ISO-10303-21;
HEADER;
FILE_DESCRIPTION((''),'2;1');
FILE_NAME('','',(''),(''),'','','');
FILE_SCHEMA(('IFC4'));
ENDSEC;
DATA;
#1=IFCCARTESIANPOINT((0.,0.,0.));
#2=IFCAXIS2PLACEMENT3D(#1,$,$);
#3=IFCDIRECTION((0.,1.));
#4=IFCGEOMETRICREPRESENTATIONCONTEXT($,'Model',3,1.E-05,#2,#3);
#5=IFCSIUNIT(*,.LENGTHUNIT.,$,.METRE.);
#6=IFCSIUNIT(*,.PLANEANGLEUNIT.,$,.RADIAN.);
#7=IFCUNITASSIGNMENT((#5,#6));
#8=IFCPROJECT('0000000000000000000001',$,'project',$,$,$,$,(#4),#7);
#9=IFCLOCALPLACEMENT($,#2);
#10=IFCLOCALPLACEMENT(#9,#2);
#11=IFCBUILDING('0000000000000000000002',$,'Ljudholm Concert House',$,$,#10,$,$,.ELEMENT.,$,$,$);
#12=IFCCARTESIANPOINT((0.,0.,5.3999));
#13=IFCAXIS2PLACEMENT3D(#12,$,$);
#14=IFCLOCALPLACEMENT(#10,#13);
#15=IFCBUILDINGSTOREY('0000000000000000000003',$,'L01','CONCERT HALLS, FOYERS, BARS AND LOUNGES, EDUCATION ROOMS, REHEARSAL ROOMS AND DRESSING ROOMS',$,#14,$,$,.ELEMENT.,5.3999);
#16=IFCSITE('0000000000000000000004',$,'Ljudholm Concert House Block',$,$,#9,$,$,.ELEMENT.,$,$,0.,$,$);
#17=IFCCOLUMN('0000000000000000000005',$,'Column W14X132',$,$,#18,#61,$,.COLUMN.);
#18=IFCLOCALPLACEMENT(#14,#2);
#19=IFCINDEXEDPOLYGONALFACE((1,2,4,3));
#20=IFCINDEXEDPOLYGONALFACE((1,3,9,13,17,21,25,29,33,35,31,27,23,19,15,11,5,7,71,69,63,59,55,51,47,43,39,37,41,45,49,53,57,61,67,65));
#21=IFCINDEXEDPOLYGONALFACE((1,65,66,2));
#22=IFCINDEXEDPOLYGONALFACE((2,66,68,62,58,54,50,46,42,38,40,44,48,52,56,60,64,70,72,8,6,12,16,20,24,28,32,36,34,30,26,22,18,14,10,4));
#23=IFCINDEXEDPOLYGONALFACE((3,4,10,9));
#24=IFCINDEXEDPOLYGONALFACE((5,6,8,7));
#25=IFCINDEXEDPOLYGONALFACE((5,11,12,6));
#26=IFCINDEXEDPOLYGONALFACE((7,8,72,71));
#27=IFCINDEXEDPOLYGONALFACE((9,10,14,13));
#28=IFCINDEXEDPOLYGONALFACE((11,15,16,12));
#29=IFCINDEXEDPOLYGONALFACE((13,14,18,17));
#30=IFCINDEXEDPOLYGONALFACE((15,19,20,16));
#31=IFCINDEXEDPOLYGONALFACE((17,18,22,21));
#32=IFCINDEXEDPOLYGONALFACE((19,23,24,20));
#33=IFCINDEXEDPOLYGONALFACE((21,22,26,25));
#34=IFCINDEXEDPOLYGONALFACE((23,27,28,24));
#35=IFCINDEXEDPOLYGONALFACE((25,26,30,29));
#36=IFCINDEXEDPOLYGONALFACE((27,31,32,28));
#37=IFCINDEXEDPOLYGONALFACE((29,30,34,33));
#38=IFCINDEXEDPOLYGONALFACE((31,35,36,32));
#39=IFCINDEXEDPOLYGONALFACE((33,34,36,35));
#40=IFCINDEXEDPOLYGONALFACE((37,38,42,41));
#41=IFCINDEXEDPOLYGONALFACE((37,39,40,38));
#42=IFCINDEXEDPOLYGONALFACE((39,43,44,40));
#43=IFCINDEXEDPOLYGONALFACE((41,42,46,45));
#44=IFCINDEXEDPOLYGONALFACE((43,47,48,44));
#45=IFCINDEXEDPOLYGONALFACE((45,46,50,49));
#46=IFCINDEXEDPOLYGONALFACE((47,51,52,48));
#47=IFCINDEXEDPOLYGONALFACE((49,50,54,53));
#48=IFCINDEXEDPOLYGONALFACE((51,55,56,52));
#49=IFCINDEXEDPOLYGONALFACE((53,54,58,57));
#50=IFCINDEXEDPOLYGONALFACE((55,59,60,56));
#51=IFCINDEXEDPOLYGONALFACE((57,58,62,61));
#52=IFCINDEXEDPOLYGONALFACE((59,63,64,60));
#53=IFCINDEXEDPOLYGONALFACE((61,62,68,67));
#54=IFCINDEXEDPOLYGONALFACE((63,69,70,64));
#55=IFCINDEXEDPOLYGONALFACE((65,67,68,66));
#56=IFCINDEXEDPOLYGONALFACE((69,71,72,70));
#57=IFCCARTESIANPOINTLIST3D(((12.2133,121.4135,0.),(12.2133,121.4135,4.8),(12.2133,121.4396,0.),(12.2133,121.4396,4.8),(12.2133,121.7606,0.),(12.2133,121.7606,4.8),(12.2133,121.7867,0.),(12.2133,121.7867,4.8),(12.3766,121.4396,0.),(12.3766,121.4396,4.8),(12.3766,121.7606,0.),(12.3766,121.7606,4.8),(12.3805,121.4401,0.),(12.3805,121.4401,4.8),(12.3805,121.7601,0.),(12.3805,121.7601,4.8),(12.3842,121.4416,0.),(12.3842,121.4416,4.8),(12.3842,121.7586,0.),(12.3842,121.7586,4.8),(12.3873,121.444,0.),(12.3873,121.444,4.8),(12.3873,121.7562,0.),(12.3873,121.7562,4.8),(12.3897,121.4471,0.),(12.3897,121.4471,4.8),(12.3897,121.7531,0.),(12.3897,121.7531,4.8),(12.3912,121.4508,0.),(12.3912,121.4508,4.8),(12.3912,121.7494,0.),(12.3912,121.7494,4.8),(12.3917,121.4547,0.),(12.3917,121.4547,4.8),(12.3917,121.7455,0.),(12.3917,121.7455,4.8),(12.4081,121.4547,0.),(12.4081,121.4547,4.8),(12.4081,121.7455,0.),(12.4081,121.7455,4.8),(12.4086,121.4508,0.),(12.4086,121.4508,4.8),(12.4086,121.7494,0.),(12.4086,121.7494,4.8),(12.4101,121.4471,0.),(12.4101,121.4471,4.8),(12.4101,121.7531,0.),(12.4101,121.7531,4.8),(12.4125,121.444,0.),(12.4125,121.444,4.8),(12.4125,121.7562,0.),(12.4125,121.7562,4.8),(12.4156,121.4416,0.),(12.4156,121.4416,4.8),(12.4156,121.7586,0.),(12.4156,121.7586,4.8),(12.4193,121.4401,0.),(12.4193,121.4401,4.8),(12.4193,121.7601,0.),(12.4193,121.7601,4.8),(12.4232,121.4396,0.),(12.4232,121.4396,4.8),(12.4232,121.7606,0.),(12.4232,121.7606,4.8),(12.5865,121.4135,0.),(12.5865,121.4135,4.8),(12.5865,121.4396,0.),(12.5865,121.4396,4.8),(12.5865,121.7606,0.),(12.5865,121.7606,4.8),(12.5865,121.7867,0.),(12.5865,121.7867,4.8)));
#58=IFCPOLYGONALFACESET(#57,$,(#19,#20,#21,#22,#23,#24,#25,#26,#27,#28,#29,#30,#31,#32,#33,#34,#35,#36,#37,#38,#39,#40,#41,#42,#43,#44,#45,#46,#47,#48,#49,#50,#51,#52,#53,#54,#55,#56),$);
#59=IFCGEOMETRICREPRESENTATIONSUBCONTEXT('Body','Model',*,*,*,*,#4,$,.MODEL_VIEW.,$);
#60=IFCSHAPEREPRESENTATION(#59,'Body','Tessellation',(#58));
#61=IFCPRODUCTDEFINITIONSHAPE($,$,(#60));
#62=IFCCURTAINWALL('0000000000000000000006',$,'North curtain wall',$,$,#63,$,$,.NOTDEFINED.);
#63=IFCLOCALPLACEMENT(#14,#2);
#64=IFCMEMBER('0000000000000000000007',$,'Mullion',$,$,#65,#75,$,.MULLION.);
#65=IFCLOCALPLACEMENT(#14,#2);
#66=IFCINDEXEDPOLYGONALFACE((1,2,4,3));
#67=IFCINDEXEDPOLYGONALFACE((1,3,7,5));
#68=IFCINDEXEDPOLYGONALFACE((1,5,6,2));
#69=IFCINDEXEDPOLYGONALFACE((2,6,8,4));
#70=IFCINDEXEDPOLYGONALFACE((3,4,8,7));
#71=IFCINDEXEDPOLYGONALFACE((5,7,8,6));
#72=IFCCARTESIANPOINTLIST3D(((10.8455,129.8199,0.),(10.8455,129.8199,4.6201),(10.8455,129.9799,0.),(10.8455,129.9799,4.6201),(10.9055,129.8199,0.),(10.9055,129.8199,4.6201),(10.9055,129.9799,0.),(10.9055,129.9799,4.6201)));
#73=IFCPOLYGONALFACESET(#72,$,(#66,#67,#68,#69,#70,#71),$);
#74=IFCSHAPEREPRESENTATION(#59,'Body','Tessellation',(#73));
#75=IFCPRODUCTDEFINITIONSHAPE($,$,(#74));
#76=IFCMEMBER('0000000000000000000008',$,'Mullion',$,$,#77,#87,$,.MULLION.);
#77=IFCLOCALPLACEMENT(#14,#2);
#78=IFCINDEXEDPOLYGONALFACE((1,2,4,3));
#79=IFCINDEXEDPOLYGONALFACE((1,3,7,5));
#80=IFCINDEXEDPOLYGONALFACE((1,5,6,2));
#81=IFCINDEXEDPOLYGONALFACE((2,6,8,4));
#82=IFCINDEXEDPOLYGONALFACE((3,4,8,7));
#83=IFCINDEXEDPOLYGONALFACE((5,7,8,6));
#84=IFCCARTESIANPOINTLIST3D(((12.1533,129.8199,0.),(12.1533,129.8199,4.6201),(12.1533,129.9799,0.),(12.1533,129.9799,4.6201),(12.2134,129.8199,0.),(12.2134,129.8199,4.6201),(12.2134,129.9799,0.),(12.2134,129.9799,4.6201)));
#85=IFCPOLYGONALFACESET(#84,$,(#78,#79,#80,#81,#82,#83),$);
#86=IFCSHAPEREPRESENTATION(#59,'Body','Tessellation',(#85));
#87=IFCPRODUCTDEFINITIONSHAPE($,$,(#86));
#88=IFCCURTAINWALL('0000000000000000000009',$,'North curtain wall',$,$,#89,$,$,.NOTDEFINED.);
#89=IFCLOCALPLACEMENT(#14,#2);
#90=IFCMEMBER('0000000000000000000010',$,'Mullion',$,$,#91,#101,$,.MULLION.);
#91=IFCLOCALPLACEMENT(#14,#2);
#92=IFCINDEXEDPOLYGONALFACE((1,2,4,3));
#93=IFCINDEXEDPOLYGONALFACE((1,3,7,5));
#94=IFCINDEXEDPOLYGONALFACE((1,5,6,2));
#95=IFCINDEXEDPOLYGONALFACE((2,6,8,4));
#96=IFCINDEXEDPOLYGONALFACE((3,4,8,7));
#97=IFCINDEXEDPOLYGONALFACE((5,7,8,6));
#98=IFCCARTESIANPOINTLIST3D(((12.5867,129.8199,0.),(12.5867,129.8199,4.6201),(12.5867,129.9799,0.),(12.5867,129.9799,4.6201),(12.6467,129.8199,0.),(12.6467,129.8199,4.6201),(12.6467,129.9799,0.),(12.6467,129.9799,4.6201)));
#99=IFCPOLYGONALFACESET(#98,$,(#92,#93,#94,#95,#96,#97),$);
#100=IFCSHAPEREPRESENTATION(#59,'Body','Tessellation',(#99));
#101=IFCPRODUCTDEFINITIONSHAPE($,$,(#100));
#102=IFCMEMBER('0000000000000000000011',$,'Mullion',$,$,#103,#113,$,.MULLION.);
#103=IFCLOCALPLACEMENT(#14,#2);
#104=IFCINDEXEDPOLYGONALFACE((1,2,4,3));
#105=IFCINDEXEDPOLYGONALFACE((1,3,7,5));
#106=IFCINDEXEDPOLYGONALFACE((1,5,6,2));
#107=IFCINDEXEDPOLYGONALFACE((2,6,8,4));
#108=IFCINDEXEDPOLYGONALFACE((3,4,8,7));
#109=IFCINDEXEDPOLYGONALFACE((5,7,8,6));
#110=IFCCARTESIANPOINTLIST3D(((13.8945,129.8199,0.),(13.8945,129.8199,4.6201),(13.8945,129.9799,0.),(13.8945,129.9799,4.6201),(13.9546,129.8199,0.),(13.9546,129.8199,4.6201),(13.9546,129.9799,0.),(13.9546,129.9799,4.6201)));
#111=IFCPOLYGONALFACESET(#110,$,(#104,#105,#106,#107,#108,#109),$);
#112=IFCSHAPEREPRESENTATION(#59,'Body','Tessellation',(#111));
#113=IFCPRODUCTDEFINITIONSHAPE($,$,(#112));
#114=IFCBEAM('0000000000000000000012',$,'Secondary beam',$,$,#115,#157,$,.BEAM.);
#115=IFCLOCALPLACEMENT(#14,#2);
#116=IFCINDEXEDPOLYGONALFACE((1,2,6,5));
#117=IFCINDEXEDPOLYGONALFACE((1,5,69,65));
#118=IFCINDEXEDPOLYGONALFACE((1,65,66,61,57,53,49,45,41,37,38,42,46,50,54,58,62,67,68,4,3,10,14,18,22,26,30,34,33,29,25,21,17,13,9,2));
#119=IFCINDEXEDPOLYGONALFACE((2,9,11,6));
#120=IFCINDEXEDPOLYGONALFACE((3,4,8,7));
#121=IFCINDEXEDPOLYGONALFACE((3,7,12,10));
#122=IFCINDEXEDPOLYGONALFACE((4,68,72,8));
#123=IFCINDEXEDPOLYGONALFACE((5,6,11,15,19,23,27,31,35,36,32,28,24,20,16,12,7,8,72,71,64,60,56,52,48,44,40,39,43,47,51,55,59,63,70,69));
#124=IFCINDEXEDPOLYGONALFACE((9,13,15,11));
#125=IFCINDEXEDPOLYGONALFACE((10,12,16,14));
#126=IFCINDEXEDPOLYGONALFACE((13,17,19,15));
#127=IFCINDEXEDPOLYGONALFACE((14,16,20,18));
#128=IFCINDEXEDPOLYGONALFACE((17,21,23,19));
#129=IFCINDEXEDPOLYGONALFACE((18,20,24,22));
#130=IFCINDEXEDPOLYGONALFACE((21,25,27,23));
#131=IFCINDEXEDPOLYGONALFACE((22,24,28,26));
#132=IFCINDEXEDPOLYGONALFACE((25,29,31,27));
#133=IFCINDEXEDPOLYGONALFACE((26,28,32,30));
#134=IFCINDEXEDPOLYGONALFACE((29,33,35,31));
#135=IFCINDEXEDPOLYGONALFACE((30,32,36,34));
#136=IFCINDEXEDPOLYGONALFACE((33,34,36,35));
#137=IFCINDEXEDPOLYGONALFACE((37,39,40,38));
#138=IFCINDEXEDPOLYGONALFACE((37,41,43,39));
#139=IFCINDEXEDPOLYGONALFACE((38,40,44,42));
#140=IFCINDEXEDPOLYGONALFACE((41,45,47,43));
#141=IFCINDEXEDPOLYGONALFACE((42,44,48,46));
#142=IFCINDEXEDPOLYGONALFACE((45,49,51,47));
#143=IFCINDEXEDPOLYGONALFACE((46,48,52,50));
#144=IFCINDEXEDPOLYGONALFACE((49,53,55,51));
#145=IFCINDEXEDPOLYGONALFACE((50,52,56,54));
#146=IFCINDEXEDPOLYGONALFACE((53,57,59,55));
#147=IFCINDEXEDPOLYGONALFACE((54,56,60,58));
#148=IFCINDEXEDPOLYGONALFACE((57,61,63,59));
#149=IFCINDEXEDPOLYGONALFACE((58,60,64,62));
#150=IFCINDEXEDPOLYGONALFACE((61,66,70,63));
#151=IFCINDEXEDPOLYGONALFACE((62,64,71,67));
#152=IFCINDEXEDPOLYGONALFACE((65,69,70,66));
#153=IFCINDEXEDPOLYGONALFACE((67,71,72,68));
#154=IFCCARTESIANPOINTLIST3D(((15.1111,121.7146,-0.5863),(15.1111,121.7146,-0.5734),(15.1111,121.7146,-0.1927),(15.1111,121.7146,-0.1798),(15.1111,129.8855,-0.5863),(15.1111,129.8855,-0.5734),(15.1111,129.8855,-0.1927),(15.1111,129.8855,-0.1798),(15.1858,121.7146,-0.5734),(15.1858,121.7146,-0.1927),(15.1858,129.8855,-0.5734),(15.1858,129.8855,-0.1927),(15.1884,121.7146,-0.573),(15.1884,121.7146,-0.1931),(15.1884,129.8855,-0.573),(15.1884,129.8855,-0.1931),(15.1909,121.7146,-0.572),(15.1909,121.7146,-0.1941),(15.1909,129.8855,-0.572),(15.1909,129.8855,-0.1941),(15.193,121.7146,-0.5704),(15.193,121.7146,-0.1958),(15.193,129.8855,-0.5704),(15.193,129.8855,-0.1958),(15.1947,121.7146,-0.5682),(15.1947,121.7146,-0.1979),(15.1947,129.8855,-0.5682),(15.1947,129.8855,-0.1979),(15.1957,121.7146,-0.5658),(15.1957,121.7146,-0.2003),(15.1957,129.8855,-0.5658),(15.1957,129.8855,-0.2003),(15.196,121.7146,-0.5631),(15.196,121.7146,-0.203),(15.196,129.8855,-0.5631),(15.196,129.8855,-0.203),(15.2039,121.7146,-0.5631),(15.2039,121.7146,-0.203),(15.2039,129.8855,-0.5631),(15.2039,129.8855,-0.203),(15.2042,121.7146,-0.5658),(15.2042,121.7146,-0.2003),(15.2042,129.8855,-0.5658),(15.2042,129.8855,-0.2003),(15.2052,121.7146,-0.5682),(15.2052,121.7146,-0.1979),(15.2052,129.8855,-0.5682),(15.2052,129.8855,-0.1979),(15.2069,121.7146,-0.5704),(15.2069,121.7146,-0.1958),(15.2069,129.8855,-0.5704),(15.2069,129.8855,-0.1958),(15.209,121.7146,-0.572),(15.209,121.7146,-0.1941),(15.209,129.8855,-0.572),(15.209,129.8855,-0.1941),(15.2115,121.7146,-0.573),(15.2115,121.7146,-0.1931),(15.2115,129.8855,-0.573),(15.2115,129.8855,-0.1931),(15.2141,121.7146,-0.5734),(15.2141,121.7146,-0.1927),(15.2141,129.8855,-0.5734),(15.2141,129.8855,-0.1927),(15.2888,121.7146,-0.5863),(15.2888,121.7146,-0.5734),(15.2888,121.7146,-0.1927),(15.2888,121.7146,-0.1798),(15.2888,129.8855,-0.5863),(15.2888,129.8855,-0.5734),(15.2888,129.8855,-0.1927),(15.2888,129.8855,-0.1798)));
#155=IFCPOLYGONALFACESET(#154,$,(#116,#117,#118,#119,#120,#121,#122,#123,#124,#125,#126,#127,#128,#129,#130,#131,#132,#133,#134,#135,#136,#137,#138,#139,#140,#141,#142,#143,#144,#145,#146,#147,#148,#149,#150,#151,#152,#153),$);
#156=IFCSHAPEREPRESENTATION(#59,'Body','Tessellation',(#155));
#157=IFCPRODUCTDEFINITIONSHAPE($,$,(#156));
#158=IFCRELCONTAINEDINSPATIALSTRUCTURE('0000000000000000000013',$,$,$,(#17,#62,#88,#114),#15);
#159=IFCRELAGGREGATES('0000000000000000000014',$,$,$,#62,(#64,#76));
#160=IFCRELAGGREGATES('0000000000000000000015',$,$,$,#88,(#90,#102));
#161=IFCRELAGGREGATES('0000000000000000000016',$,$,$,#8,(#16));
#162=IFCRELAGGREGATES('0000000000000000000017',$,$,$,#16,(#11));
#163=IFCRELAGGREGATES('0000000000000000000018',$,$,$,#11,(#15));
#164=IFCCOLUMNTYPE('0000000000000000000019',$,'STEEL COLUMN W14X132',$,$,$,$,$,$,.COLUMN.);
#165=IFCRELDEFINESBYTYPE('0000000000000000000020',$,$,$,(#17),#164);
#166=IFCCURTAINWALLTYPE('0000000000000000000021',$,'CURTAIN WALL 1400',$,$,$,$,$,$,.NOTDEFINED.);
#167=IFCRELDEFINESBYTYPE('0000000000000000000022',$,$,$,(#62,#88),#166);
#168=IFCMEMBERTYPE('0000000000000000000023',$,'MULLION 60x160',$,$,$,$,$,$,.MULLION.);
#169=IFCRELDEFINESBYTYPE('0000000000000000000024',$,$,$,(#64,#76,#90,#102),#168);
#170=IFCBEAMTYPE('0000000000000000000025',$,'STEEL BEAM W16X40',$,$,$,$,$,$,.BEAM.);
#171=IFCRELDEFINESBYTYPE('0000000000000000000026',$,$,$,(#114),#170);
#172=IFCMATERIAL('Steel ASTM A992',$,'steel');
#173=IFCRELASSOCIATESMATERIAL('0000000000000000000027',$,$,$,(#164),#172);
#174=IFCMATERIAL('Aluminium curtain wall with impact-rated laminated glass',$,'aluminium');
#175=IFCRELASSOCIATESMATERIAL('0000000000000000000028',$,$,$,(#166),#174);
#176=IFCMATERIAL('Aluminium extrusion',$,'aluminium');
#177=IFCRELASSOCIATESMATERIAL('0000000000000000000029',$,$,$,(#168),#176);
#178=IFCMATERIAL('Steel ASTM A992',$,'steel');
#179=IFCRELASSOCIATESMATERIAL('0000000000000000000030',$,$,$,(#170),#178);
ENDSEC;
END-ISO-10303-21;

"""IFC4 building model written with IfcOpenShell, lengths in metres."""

from ifc_helpers import new_model, si_unit, direction, frame, origin, origin_2d, place, context, subcontext, project, spatial, rectangle, i_section, extrude, material, material_profile, profile_set, type_object, element, aggregate, save


model = new_model("IFC4")

# Units and contexts
model_context = context("Model", 3, precision=1e-05, world=origin(), true_north=direction((0.0, 1.0)))
body_context = subcontext(model_context, "Body", "Model", "MODEL_VIEW")
ifc_project = project(units=[si_unit("LENGTHUNIT", "METRE"), si_unit("PLANEANGLEUNIT", "RADIAN")], contexts=[model_context])

# Site, building, storey
site_placement = place(None, origin())
site = spatial("IfcSite", under=ifc_project, at=site_placement, Name="Ljudholm Concert House Block", CompositionType="ELEMENT", RefElevation=0.0)
building_placement = place(site_placement, origin())
building = spatial("IfcBuilding", under=site, at=building_placement, Name="Ljudholm Concert House", CompositionType="ELEMENT")
storey_placement = place(building_placement, frame((0.0, 0.0, 5.3999)))
storey = spatial("IfcBuildingStorey", under=building, at=storey_placement, Name="L01", Description="CONCERT HALLS, FOYERS, BARS AND LOUNGES, EDUCATION ROOMS, REHEARSAL ROOMS AND DRESSING ROOMS", CompositionType="ELEMENT", Elevation=5.3999)

# Column
ifc_material_1 = material(Name="Steel ASTM A992", Category="steel")
ifc_material_profile_1 = material_profile(ifc_material_1, i_section(OverallWidth=0.3733, OverallDepth=0.3733, WebThickness=0.0164, FlangeThickness=0.0261, FilletRadius=0.0151, at=origin_2d()), Name="W14X132")
ifc_profile_set_1 = profile_set([ifc_material_profile_1], Name="Steel ASTM A992")
column_type = type_object("IfcColumnType", Name="STEEL COLUMN W14X132", PredefinedType="COLUMN", material=ifc_profile_set_1)
column_placement = place(storey_placement, frame((12.3999, 121.6001, 0.0), z_axis=(0.0, 0.0, 1.0), x_axis=(1.0, 0.0, 0.0)))
element("IfcColumn", 1, at=column_placement, inside=storey, type_object=column_type, Name="Column W14X132", PredefinedType="COLUMN", context=body_context, shape_type="SweptSolid", body=[
    extrude(i_section(OverallWidth=0.3733, OverallDepth=0.3733, WebThickness=0.0164, FlangeThickness=0.0261, FilletRadius=0.0151, at=origin_2d()), origin(), (0.0, 0.0, 1.0), 4.8),
])

# Curtain walls, members
ifc_material_2 = material(Name="Aluminium curtain wall with impact-rated laminated glass", Category="aluminium")
curtain_wall_type = type_object("IfcCurtainWallType", Name="CURTAIN WALL 1400", PredefinedType="NOTDEFINED", material=ifc_material_2)
curtain_wall_1_placement = place(storey_placement, origin())
curtain_wall_1 = element("IfcCurtainWall", 2, at=curtain_wall_1_placement, inside=storey, type_object=curtain_wall_type, Name="North curtain wall", PredefinedType="NOTDEFINED")
ifc_material_3 = material(Name="Aluminium extrusion", Category="aluminium")
ifc_material_profile_2 = material_profile(ifc_material_3, rectangle(XDim=0.1599, YDim=0.0601, at=origin_2d()), Name="MULLION 60x160")
ifc_profile_set_2 = profile_set([ifc_material_profile_2], Name="Aluminium extrusion")
member_type_1 = type_object("IfcMemberType", Name="MULLION 60x160", PredefinedType="MULLION", material=ifc_profile_set_2)
member_1_placement = place(storey_placement, frame((10.8755, 129.8999, 0.0), z_axis=(0.0, 0.0, 1.0), x_axis=(0.0, 1.0, 0.0)))
member_1 = element("IfcMember", 3, at=member_1_placement, type_object=member_type_1, Name="Mullion", PredefinedType="MULLION", context=body_context, shape_type="SweptSolid", body=[
    extrude(rectangle(XDim=0.1599, YDim=0.0601, at=origin_2d()), origin(), (0.0, 0.0, 1.0), 4.6201),
])
member_2_placement = place(storey_placement, frame((12.1833, 129.8999, 0.0), z_axis=(0.0, 0.0, 1.0), x_axis=(0.0, 1.0, 0.0)))
member_2 = element("IfcMember", 4, at=member_2_placement, type_object=member_type_1, Name="Mullion", PredefinedType="MULLION", context=body_context, shape_type="SweptSolid", body=[
    extrude(rectangle(XDim=0.1599, YDim=0.0601, at=origin_2d()), origin(), (0.0, 0.0, 1.0), 4.6201),
])
curtain_wall_2_placement = place(storey_placement, origin())
curtain_wall_2 = element("IfcCurtainWall", 5, at=curtain_wall_2_placement, inside=storey, type_object=curtain_wall_type, Name="North curtain wall", PredefinedType="NOTDEFINED")
member_3_placement = place(storey_placement, frame((12.6167, 129.8999, 0.0), z_axis=(0.0, 0.0, 1.0), x_axis=(0.0, 1.0, 0.0)))
member_3 = element("IfcMember", 6, at=member_3_placement, type_object=member_type_1, Name="Mullion", PredefinedType="MULLION", context=body_context, shape_type="SweptSolid", body=[
    extrude(rectangle(XDim=0.1599, YDim=0.0601, at=origin_2d()), origin(), (0.0, 0.0, 1.0), 4.6201),
])
member_4_placement = place(storey_placement, frame((13.9246, 129.8999, 0.0), z_axis=(0.0, 0.0, 1.0), x_axis=(0.0, 1.0, 0.0)))
member_4 = element("IfcMember", 7, at=member_4_placement, type_object=member_type_1, Name="Mullion", PredefinedType="MULLION", context=body_context, shape_type="SweptSolid", body=[
    extrude(rectangle(XDim=0.1599, YDim=0.0601, at=origin_2d()), origin(), (0.0, 0.0, 1.0), 4.6201),
])

# Beam
ifc_material_4 = material(Name="Steel ASTM A992", Category="steel")
ifc_material_profile_3 = material_profile(ifc_material_4, i_section(OverallWidth=0.1777, OverallDepth=0.4065, WebThickness=0.0078, FlangeThickness=0.0129, FilletRadius=0.0103, at=origin_2d()), Name="W16X40")
ifc_profile_set_3 = profile_set([ifc_material_profile_3], Name="Steel ASTM A992")
beam_type_1 = type_object("IfcBeamType", Name="STEEL BEAM W16X40", PredefinedType="BEAM", material=ifc_profile_set_3)
beam_1_placement = place(storey_placement, frame((15.2, 121.7146, -0.3831), z_axis=(0.0, 1.0, 0.0), x_axis=(-1.0, 0.0, 0.0)))
element("IfcBeam", 8, at=beam_1_placement, inside=storey, type_object=beam_type_1, Name="Secondary beam", PredefinedType="BEAM", context=body_context, shape_type="SweptSolid", body=[
    extrude(i_section(OverallWidth=0.1777, OverallDepth=0.4065, WebThickness=0.0078, FlangeThickness=0.0129, FilletRadius=0.0103, at=origin_2d()), origin(), (0.0, 0.0, 1.0), 8.1709),
])

aggregate(curtain_wall_1, [member_1, member_2])
aggregate(curtain_wall_2, [member_3, member_4])

save(model, "model.ifc")
